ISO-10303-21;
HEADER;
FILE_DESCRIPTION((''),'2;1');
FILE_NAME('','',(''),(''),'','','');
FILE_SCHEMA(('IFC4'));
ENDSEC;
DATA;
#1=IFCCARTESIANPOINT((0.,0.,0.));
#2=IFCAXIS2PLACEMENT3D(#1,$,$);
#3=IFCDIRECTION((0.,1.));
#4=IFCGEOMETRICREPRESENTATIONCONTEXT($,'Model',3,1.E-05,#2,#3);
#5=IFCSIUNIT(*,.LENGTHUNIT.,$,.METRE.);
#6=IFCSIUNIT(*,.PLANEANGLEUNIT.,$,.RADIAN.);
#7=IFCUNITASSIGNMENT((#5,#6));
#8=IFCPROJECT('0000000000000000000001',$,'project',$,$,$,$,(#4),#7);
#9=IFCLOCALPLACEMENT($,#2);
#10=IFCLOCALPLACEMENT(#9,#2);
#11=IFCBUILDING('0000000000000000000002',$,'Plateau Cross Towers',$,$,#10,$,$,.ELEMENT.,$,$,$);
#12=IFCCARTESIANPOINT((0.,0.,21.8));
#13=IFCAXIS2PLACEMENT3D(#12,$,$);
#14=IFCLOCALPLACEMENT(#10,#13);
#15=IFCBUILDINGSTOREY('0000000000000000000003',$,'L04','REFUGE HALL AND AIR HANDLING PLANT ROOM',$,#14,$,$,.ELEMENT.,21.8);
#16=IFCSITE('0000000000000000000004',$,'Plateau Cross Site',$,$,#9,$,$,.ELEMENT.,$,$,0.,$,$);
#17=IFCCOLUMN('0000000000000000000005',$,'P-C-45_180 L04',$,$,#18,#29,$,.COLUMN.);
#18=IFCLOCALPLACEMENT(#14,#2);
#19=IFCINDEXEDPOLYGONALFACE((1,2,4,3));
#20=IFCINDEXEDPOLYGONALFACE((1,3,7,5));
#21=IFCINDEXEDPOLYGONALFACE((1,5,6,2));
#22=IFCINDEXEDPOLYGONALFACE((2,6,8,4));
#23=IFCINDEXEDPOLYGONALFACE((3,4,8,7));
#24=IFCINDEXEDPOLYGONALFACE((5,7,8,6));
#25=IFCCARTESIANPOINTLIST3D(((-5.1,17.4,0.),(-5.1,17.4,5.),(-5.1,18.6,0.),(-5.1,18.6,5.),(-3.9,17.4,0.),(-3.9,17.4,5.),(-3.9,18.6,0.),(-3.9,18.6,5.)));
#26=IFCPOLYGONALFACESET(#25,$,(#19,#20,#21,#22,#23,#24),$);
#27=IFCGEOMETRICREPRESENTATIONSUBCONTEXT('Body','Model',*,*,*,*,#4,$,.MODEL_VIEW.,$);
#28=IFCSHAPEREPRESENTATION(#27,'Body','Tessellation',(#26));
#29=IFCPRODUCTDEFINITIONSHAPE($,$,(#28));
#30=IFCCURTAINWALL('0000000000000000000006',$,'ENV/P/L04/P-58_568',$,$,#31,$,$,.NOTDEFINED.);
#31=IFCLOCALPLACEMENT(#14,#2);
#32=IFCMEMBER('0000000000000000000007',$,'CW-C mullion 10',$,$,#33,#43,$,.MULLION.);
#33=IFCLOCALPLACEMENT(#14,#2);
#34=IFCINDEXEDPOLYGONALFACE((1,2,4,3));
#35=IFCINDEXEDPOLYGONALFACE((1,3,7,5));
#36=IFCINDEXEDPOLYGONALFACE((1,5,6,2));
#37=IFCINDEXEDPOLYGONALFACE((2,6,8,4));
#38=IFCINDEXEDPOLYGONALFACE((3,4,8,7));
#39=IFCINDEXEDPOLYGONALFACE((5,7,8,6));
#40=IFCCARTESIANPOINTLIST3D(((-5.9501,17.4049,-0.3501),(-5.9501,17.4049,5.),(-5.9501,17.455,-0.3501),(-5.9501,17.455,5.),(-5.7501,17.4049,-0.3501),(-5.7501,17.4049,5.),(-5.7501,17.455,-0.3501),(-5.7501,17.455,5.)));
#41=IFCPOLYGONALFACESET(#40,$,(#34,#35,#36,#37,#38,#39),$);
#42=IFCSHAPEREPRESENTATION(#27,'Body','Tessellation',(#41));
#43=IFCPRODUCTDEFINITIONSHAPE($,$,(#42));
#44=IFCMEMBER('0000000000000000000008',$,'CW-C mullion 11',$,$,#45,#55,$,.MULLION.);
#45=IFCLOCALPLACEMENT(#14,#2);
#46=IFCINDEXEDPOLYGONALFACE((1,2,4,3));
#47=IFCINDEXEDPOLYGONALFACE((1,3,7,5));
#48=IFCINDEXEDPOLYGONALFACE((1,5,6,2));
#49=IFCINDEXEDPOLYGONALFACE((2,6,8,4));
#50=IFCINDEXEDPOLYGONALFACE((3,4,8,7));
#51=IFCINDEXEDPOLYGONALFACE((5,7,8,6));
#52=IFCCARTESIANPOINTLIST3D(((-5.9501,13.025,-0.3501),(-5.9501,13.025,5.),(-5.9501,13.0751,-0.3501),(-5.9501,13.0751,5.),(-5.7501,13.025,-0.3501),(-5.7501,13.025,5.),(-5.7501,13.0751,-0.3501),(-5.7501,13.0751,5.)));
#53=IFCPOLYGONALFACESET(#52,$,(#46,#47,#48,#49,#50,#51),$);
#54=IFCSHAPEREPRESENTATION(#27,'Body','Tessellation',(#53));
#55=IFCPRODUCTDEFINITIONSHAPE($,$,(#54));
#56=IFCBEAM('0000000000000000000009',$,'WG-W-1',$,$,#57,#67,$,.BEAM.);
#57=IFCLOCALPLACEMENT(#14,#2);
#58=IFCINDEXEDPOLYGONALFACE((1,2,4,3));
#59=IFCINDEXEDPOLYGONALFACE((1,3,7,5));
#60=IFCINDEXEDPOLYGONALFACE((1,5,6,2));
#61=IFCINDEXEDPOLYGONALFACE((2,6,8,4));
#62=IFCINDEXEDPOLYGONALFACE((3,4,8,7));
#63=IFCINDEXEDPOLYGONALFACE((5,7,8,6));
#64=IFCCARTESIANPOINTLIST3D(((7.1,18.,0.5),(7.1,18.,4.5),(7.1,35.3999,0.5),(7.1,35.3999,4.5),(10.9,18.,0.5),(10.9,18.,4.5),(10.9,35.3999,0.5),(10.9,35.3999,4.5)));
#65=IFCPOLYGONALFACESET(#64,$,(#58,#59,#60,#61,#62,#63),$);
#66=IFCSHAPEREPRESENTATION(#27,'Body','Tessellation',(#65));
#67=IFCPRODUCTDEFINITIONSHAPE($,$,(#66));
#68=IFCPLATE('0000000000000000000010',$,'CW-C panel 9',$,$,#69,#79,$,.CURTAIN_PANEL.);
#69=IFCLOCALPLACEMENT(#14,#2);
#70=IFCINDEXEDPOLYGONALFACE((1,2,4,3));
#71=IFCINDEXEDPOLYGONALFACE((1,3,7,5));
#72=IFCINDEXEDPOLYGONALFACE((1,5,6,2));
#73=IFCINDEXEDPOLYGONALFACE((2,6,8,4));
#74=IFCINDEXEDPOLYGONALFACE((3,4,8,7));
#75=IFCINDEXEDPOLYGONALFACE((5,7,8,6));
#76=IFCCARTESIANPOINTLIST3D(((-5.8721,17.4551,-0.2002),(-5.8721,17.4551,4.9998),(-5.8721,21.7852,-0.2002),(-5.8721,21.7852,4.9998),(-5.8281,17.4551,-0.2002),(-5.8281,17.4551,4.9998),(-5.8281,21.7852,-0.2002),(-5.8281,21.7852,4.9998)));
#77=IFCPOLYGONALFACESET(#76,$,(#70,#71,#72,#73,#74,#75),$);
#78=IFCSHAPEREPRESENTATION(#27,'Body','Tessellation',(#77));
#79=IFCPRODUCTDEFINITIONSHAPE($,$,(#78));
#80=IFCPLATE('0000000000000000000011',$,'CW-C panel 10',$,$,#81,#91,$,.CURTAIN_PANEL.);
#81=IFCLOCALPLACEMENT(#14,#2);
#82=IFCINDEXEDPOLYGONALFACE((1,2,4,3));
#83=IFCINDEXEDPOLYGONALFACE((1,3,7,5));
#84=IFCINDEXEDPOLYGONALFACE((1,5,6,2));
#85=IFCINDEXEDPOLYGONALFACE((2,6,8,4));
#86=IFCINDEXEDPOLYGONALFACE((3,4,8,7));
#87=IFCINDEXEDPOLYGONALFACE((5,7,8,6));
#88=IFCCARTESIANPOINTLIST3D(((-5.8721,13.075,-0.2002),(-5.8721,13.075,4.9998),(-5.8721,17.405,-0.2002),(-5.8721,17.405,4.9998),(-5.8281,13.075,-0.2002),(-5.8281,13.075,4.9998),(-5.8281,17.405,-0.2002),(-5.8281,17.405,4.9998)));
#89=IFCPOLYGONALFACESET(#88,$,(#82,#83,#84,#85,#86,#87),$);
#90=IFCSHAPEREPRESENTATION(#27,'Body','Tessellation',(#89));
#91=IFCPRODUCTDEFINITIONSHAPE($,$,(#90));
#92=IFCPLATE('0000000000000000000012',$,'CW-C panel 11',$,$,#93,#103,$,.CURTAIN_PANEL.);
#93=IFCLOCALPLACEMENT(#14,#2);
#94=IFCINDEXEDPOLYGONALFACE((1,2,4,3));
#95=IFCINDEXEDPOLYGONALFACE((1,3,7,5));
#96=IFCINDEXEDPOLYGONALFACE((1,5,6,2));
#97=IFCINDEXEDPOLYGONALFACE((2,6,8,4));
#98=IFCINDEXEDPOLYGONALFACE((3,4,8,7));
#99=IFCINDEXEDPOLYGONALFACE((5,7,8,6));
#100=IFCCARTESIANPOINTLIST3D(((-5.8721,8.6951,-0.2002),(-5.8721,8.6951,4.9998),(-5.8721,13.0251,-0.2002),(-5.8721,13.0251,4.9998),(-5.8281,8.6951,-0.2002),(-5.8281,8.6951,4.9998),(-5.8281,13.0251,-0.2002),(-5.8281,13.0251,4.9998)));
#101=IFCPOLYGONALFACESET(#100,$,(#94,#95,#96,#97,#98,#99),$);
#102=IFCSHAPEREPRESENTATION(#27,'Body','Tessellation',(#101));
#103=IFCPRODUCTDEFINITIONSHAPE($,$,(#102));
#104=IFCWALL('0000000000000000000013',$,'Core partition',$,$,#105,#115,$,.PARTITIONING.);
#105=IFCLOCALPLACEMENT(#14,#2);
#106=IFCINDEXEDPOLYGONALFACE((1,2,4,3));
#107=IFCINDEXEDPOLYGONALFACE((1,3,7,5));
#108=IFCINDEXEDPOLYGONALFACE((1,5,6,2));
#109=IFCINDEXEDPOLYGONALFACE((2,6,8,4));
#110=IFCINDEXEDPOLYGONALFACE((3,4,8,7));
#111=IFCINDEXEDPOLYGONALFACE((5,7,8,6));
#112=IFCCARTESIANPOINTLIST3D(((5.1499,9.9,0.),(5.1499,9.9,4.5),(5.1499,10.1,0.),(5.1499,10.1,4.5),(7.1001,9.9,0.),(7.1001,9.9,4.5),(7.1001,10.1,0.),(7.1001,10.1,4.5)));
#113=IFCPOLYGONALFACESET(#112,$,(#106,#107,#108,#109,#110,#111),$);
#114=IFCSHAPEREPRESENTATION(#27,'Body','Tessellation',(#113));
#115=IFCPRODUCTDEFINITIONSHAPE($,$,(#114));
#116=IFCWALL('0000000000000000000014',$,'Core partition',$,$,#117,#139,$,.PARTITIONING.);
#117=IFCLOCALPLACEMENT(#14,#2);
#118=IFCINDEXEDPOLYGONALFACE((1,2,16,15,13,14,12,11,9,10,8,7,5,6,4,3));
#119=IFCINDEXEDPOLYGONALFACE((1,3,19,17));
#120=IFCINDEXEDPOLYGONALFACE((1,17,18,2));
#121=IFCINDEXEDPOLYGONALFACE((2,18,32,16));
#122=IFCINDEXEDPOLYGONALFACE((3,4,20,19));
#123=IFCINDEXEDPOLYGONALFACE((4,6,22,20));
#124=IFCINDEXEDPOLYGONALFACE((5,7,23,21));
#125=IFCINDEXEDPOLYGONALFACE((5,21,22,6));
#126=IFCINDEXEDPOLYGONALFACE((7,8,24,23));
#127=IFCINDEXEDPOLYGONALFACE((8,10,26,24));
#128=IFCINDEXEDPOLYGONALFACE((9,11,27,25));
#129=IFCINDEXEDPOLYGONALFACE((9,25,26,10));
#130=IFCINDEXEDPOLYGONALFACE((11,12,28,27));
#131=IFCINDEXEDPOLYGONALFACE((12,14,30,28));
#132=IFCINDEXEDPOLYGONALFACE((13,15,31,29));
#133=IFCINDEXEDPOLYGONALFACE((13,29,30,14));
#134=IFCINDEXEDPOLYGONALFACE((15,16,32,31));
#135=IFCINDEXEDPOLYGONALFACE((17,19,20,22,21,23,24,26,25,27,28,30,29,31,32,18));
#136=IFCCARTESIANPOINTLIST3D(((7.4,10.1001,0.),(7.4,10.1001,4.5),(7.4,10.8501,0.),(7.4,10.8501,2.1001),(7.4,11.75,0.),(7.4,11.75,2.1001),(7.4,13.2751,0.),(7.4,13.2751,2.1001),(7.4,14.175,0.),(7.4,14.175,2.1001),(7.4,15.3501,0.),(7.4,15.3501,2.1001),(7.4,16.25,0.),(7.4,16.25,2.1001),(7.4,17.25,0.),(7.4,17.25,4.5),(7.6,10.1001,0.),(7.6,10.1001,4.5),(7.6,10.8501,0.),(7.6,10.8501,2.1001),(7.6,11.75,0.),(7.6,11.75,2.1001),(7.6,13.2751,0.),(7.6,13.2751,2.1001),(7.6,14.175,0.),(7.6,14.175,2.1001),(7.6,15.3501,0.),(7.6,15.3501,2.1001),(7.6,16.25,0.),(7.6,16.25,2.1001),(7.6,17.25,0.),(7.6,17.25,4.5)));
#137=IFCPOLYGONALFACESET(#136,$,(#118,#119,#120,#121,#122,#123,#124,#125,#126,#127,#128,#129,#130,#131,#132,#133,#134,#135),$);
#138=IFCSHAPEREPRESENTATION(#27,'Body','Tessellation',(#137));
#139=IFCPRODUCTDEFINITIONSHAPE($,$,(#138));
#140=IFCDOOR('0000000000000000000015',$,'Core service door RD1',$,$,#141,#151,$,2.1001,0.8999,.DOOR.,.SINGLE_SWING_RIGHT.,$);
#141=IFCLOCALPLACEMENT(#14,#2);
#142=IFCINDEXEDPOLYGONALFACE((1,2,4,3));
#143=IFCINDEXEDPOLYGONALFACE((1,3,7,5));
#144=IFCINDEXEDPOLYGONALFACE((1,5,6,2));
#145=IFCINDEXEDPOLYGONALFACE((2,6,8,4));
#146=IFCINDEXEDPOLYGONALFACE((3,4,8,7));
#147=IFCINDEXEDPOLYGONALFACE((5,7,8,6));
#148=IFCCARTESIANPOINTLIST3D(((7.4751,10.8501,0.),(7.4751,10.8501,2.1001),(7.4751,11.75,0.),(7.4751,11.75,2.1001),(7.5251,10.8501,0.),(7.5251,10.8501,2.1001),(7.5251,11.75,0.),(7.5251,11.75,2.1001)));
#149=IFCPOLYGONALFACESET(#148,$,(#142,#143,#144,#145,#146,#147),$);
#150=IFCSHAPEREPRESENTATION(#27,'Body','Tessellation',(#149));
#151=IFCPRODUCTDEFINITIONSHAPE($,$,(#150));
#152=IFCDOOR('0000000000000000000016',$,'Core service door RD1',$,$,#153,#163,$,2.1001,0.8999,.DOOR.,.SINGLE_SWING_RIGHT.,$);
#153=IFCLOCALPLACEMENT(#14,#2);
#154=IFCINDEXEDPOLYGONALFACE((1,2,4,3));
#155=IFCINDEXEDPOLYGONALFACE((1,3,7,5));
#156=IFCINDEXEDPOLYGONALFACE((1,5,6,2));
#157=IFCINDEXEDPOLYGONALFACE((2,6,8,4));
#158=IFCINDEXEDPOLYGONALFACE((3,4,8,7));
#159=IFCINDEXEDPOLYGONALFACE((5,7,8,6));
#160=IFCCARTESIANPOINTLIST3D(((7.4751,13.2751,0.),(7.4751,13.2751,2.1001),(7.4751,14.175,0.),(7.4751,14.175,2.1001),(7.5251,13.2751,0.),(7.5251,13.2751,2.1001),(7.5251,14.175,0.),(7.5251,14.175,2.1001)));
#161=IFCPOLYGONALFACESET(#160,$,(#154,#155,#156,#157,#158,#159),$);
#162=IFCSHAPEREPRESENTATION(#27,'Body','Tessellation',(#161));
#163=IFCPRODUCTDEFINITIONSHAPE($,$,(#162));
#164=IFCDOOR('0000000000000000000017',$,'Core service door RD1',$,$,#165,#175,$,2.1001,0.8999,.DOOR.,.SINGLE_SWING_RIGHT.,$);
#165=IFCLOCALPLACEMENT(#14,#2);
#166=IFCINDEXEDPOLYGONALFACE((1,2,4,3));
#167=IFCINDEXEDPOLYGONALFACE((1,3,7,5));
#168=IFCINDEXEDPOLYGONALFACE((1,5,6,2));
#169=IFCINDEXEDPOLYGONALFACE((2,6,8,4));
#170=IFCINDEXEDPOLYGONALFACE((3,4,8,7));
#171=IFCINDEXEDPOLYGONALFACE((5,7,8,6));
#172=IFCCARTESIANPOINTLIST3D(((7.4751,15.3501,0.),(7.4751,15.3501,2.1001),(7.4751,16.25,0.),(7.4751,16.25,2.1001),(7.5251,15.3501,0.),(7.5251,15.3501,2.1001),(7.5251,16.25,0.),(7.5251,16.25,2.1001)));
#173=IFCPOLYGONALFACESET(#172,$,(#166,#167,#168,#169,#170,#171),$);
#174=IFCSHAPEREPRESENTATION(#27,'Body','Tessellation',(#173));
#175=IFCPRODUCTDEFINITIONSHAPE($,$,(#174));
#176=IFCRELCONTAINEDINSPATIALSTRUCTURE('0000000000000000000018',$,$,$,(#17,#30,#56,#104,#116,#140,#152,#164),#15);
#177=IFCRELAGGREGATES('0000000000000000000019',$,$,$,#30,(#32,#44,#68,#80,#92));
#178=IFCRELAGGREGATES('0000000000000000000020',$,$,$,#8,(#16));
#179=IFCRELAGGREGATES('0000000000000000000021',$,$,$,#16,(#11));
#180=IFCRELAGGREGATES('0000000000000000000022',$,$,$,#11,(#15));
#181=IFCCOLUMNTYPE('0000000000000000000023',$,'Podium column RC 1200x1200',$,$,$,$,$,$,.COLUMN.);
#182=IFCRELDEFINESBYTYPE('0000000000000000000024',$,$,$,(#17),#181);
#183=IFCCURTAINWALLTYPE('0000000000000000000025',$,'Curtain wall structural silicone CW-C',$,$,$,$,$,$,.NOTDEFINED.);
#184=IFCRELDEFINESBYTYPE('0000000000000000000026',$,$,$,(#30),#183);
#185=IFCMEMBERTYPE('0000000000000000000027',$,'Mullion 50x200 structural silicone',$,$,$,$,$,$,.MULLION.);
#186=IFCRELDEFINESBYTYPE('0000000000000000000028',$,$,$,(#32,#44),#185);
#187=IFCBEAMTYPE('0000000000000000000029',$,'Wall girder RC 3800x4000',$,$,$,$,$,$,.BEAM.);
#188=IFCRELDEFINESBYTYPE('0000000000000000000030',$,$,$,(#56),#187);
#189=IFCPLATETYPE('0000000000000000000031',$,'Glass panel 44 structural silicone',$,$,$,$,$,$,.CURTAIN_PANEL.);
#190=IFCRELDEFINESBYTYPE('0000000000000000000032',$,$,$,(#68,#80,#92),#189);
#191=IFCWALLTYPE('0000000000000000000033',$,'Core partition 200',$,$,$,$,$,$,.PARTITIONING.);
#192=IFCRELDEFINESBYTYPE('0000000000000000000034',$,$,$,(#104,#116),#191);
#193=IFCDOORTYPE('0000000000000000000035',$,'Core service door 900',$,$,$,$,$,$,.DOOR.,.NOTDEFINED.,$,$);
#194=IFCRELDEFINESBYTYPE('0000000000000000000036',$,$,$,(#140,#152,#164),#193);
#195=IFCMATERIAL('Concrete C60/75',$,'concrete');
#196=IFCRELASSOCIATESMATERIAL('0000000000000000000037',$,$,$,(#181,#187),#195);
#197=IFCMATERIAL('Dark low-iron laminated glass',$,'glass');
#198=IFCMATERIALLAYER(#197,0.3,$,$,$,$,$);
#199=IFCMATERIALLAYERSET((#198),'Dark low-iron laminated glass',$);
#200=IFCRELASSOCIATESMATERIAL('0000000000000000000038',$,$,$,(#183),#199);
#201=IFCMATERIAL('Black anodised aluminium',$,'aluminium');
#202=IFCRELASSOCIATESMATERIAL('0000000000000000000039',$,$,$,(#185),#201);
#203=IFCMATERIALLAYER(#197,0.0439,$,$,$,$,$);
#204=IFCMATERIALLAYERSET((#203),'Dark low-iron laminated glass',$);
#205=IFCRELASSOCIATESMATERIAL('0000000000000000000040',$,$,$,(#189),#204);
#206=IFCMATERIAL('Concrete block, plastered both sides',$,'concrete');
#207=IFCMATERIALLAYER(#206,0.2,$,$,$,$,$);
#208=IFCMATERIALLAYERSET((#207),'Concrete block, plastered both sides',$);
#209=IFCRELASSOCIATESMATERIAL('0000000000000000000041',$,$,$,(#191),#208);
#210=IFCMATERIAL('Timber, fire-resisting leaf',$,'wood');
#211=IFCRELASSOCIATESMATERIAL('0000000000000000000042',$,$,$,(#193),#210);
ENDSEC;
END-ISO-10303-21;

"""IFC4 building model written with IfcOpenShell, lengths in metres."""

from ifc_helpers import new_model, si_unit, direction, frame, frame_2d, origin, origin_2d, place, context, subcontext, project, spatial, rectangle, extrude, material, layer, layer_set, material_profile, profile_set, type_object, element, fill, aggregate, save


model = new_model("IFC4")

# Units and contexts
model_context = context("Model", 3, precision=1e-05, world=origin(), true_north=direction((0.0, 1.0)))
body_context = subcontext(model_context, "Body", "Model", "MODEL_VIEW")
ifc_project = project(units=[si_unit("LENGTHUNIT", "METRE"), si_unit("PLANEANGLEUNIT", "RADIAN")], contexts=[model_context])

# Site, building, storey
site_placement = place(None, origin())
site = spatial("IfcSite", under=ifc_project, at=site_placement, Name="Plateau Cross Site", CompositionType="ELEMENT", RefElevation=0.0)
building_placement = place(site_placement, origin())
building = spatial("IfcBuilding", under=site, at=building_placement, Name="Plateau Cross Towers", CompositionType="ELEMENT")
storey_placement = place(building_placement, frame((0.0, 0.0, 21.8)))
storey = spatial("IfcBuildingStorey", under=building, at=storey_placement, Name="L04", Description="REFUGE HALL AND AIR HANDLING PLANT ROOM", CompositionType="ELEMENT", Elevation=21.8)

# Column
ifc_material_1 = material(Name="Concrete C60/75", Category="concrete")
ifc_material_profile_1 = material_profile(ifc_material_1, rectangle(XDim=1.2, YDim=1.2, at=origin_2d()), Name="RC 1200x1200")
ifc_profile_set_1 = profile_set([ifc_material_profile_1], Name="Concrete C60/75")
column_type = type_object("IfcColumnType", Name="Podium column RC 1200x1200", PredefinedType="COLUMN", material=ifc_profile_set_1)
column_placement = place(storey_placement, frame((-4.5, 18.0, 0.0), z_axis=(0.0, 0.0, 1.0), x_axis=(1.0, 0.0, 0.0)))
element("IfcColumn", 1, at=column_placement, inside=storey, type_object=column_type, Name="P-C-45_180 L04", PredefinedType="COLUMN", context=body_context, shape_type="SweptSolid", body=[
    extrude(rectangle(XDim=1.2, YDim=1.2, at=origin_2d()), origin(), (0.0, 0.0, 1.0), 5.0),
])

# Curtain wall, members
ifc_material_2 = material(Name="Dark low-iron laminated glass", Category="glass")
ifc_layer_1 = layer(ifc_material_2, 0.3)
ifc_layer_set_1 = layer_set([ifc_layer_1], Name="Dark low-iron laminated glass")
curtain_wall_type = type_object("IfcCurtainWallType", Name="Curtain wall structural silicone CW-C", PredefinedType="NOTDEFINED", material=ifc_layer_set_1)
curtain_wall_placement = place(storey_placement, origin())
curtain_wall = element("IfcCurtainWall", 2, at=curtain_wall_placement, inside=storey, type_object=curtain_wall_type, Name="ENV/P/L04/P-58_568", PredefinedType="NOTDEFINED")
ifc_material_3 = material(Name="Black anodised aluminium", Category="aluminium")
ifc_material_profile_2 = material_profile(ifc_material_3, rectangle(XDim=0.05, YDim=0.2, at=origin_2d()), Name="MULLION 50x200")
ifc_profile_set_2 = profile_set([ifc_material_profile_2], Name="Black anodised aluminium")
member_type = type_object("IfcMemberType", Name="Mullion 50x200 structural silicone", PredefinedType="MULLION", material=ifc_profile_set_2)
member_1_placement = place(storey_placement, frame((-5.8501, 17.4299, -0.3501), z_axis=(0.0, 0.0, 1.0), x_axis=(0.0, -1.0, 0.0)))
member_1 = element("IfcMember", 3, at=member_1_placement, type_object=member_type, Name="CW-C mullion 10", PredefinedType="MULLION", context=body_context, shape_type="SweptSolid", body=[
    extrude(rectangle(XDim=0.05, YDim=0.2, at=origin_2d()), origin(), (0.0, 0.0, 1.0), 5.3501),
])
member_2_placement = place(storey_placement, frame((-5.8501, 13.05, -0.3501), z_axis=(0.0, 0.0, 1.0), x_axis=(0.0, -1.0, 0.0)))
member_2 = element("IfcMember", 4, at=member_2_placement, type_object=member_type, Name="CW-C mullion 11", PredefinedType="MULLION", context=body_context, shape_type="SweptSolid", body=[
    extrude(rectangle(XDim=0.05, YDim=0.2, at=origin_2d()), origin(), (0.0, 0.0, 1.0), 5.3501),
])

# Beam
ifc_material_profile_3 = material_profile(ifc_material_1, rectangle(XDim=3.8, YDim=4.0, at=origin_2d()), Name="RC 3800x4000")
ifc_profile_set_3 = profile_set([ifc_material_profile_3], Name="Concrete C60/75")
beam_type = type_object("IfcBeamType", Name="Wall girder RC 3800x4000", PredefinedType="BEAM", material=ifc_profile_set_3)
beam_placement = place(storey_placement, frame((9.0, 18.0, 2.5), z_axis=(0.0, 1.0, 0.0), x_axis=(-1.0, 0.0, 0.0)))
element("IfcBeam", 5, at=beam_placement, inside=storey, type_object=beam_type, Name="WG-W-1", PredefinedType="BEAM", context=body_context, shape_type="SweptSolid", body=[
    extrude(rectangle(XDim=3.8, YDim=4.0, at=origin_2d()), origin(), (0.0, 0.0, 1.0), 17.3999),
])

# Plates
ifc_layer_2 = layer(ifc_material_2, 0.0439)
ifc_layer_set_2 = layer_set([ifc_layer_2], Name="Dark low-iron laminated glass")
plate_type = type_object("IfcPlateType", Name="Glass panel 44 structural silicone", PredefinedType="CURTAIN_PANEL", material=ifc_layer_set_2)
plate_1_placement = place(storey_placement, frame((-5.8501, 19.6201, -0.2002), z_axis=(0.0, 0.0, 1.0), x_axis=(0.0, -1.0, 0.0)))
plate_1 = element("IfcPlate", 6, at=plate_1_placement, type_object=plate_type, Name="CW-C panel 9", PredefinedType="CURTAIN_PANEL", context=body_context, shape_type="SweptSolid", body=[
    extrude(rectangle(XDim=4.3301, YDim=0.0439, at=origin_2d()), origin(), (0.0, 0.0, 1.0), 5.2),
])
plate_2_placement = place(storey_placement, frame((-5.8501, 15.24, -0.2002), z_axis=(0.0, 0.0, 1.0), x_axis=(0.0, -1.0, 0.0)))
plate_2 = element("IfcPlate", 7, at=plate_2_placement, type_object=plate_type, Name="CW-C panel 10", PredefinedType="CURTAIN_PANEL", context=body_context, shape_type="SweptSolid", body=[
    extrude(rectangle(XDim=4.3301, YDim=0.0439, at=origin_2d()), origin(), (0.0, 0.0, 1.0), 5.2),
])
plate_3_placement = place(storey_placement, frame((-5.8501, 10.8601, -0.2002), z_axis=(0.0, 0.0, 1.0), x_axis=(0.0, -1.0, 0.0)))
plate_3 = element("IfcPlate", 8, at=plate_3_placement, type_object=plate_type, Name="CW-C panel 11", PredefinedType="CURTAIN_PANEL", context=body_context, shape_type="SweptSolid", body=[
    extrude(rectangle(XDim=4.3301, YDim=0.0439, at=origin_2d()), origin(), (0.0, 0.0, 1.0), 5.2),
])
aggregate(curtain_wall, [member_1, member_2, plate_1, plate_2, plate_3])

# Wall
ifc_material_4 = material(Name="Concrete block, plastered both sides", Category="concrete")
ifc_layer_3 = layer(ifc_material_4, 0.2)
ifc_layer_set_3 = layer_set([ifc_layer_3], Name="Concrete block, plastered both sides")
wall_type_1 = type_object("IfcWallType", Name="Core partition 200", PredefinedType="PARTITIONING", material=ifc_layer_set_3)
wall_1_placement = place(storey_placement, frame((5.1499, 10.0, 0.0), z_axis=(0.0, 0.0, 1.0), x_axis=(1.0, 0.0, 0.0)))
element("IfcWall", 9, at=wall_1_placement, inside=storey, type_object=wall_type_1, Name="Core partition", PredefinedType="PARTITIONING", context=body_context, shape_type="SweptSolid", body=[
    extrude(rectangle(XDim=1.9502, YDim=0.2, at=frame_2d((0.9751, 0.0))), origin(), (0.0, 0.0, 1.0), 4.5),
])

# Wall, openings, doors
wall_2_placement = place(storey_placement, frame((7.5, 10.1001, 0.0), z_axis=(0.0, 0.0, 1.0), x_axis=(0.0, 1.0, 0.0)))
wall_2 = element("IfcWall", 10, at=wall_2_placement, inside=storey, type_object=wall_type_1, Name="Core partition", PredefinedType="PARTITIONING", context=body_context, shape_type="SweptSolid", body=[
    extrude(rectangle(XDim=7.1499, YDim=0.2, at=frame_2d((3.575, 0.0))), origin(), (0.0, 0.0, 1.0), 4.5),
])
opening_1_placement = place(wall_2_placement, frame((0.75, 0.0, 0.0)))
opening_1 = element("IfcOpeningElement", 11, at=opening_1_placement, cuts=wall_2, PredefinedType="OPENING", context=body_context, shape_type="SweptSolid", body=[
    extrude(rectangle(XDim=0.8999, YDim=2.1001, at=frame_2d((0.45, 1.05))), frame((0.0, 0.1099, 0.0), z_axis=(0.0, -1.0, 0.0), x_axis=(1.0, 0.0, 0.0)), (0.0, 0.0, 1.0), 0.22),
])
opening_2_placement = place(wall_2_placement, frame((3.175, 0.0, 0.0)))
opening_2 = element("IfcOpeningElement", 12, at=opening_2_placement, cuts=wall_2, PredefinedType="OPENING", context=body_context, shape_type="SweptSolid", body=[
    extrude(rectangle(XDim=0.8999, YDim=2.1001, at=frame_2d((0.45, 1.05))), frame((0.0, 0.1099, 0.0), z_axis=(0.0, -1.0, 0.0), x_axis=(1.0, 0.0, 0.0)), (0.0, 0.0, 1.0), 0.22),
])
opening_3_placement = place(wall_2_placement, frame((5.25, 0.0, 0.0)))
opening_3 = element("IfcOpeningElement", 13, at=opening_3_placement, cuts=wall_2, PredefinedType="OPENING", context=body_context, shape_type="SweptSolid", body=[
    extrude(rectangle(XDim=0.8999, YDim=2.1001, at=frame_2d((0.45, 1.05))), frame((0.0, 0.1099, 0.0), z_axis=(0.0, -1.0, 0.0), x_axis=(1.0, 0.0, 0.0)), (0.0, 0.0, 1.0), 0.22),
])
ifc_material_5 = material(Name="Timber, fire-resisting leaf", Category="wood")
door_type_1 = type_object("IfcDoorType", Name="Core service door 900", OperationType="NOTDEFINED", PredefinedType="DOOR", material=ifc_material_5)
door_1_placement = place(opening_1_placement, origin())
door_1 = element("IfcDoor", 14, at=door_1_placement, inside=storey, type_object=door_type_1, Name="Core service door RD1", OperationType="SINGLE_SWING_RIGHT", OverallHeight=2.1001, OverallWidth=0.8999, PredefinedType="DOOR", context=body_context, shape_type="SweptSolid", body=[
    extrude(rectangle(XDim=0.8999, YDim=2.1001, at=frame_2d((0.45, 1.05))), frame((0.0, 0.0249, 0.0), z_axis=(0.0, -1.0, 0.0), x_axis=(1.0, 0.0, 0.0)), (0.0, 0.0, 1.0), 0.05),
])
fill(opening_1, door_1)
door_2_placement = place(opening_2_placement, origin())
door_2 = element("IfcDoor", 15, at=door_2_placement, inside=storey, type_object=door_type_1, Name="Core service door RD1", OperationType="SINGLE_SWING_RIGHT", OverallHeight=2.1001, OverallWidth=0.8999, PredefinedType="DOOR", context=body_context, shape_type="SweptSolid", body=[
    extrude(rectangle(XDim=0.8999, YDim=2.1001, at=frame_2d((0.45, 1.05))), frame((0.0, 0.0249, 0.0), z_axis=(0.0, -1.0, 0.0), x_axis=(1.0, 0.0, 0.0)), (0.0, 0.0, 1.0), 0.05),
])
fill(opening_2, door_2)
door_3_placement = place(opening_3_placement, origin())
door_3 = element("IfcDoor", 16, at=door_3_placement, inside=storey, type_object=door_type_1, Name="Core service door RD1", OperationType="SINGLE_SWING_RIGHT", OverallHeight=2.1001, OverallWidth=0.8999, PredefinedType="DOOR", context=body_context, shape_type="SweptSolid", body=[
    extrude(rectangle(XDim=0.8999, YDim=2.1001, at=frame_2d((0.45, 1.05))), frame((0.0, 0.0249, 0.0), z_axis=(0.0, -1.0, 0.0), x_axis=(1.0, 0.0, 0.0)), (0.0, 0.0, 1.0), 0.05),
])
fill(opening_3, door_3)

save(model, "model.ifc")
